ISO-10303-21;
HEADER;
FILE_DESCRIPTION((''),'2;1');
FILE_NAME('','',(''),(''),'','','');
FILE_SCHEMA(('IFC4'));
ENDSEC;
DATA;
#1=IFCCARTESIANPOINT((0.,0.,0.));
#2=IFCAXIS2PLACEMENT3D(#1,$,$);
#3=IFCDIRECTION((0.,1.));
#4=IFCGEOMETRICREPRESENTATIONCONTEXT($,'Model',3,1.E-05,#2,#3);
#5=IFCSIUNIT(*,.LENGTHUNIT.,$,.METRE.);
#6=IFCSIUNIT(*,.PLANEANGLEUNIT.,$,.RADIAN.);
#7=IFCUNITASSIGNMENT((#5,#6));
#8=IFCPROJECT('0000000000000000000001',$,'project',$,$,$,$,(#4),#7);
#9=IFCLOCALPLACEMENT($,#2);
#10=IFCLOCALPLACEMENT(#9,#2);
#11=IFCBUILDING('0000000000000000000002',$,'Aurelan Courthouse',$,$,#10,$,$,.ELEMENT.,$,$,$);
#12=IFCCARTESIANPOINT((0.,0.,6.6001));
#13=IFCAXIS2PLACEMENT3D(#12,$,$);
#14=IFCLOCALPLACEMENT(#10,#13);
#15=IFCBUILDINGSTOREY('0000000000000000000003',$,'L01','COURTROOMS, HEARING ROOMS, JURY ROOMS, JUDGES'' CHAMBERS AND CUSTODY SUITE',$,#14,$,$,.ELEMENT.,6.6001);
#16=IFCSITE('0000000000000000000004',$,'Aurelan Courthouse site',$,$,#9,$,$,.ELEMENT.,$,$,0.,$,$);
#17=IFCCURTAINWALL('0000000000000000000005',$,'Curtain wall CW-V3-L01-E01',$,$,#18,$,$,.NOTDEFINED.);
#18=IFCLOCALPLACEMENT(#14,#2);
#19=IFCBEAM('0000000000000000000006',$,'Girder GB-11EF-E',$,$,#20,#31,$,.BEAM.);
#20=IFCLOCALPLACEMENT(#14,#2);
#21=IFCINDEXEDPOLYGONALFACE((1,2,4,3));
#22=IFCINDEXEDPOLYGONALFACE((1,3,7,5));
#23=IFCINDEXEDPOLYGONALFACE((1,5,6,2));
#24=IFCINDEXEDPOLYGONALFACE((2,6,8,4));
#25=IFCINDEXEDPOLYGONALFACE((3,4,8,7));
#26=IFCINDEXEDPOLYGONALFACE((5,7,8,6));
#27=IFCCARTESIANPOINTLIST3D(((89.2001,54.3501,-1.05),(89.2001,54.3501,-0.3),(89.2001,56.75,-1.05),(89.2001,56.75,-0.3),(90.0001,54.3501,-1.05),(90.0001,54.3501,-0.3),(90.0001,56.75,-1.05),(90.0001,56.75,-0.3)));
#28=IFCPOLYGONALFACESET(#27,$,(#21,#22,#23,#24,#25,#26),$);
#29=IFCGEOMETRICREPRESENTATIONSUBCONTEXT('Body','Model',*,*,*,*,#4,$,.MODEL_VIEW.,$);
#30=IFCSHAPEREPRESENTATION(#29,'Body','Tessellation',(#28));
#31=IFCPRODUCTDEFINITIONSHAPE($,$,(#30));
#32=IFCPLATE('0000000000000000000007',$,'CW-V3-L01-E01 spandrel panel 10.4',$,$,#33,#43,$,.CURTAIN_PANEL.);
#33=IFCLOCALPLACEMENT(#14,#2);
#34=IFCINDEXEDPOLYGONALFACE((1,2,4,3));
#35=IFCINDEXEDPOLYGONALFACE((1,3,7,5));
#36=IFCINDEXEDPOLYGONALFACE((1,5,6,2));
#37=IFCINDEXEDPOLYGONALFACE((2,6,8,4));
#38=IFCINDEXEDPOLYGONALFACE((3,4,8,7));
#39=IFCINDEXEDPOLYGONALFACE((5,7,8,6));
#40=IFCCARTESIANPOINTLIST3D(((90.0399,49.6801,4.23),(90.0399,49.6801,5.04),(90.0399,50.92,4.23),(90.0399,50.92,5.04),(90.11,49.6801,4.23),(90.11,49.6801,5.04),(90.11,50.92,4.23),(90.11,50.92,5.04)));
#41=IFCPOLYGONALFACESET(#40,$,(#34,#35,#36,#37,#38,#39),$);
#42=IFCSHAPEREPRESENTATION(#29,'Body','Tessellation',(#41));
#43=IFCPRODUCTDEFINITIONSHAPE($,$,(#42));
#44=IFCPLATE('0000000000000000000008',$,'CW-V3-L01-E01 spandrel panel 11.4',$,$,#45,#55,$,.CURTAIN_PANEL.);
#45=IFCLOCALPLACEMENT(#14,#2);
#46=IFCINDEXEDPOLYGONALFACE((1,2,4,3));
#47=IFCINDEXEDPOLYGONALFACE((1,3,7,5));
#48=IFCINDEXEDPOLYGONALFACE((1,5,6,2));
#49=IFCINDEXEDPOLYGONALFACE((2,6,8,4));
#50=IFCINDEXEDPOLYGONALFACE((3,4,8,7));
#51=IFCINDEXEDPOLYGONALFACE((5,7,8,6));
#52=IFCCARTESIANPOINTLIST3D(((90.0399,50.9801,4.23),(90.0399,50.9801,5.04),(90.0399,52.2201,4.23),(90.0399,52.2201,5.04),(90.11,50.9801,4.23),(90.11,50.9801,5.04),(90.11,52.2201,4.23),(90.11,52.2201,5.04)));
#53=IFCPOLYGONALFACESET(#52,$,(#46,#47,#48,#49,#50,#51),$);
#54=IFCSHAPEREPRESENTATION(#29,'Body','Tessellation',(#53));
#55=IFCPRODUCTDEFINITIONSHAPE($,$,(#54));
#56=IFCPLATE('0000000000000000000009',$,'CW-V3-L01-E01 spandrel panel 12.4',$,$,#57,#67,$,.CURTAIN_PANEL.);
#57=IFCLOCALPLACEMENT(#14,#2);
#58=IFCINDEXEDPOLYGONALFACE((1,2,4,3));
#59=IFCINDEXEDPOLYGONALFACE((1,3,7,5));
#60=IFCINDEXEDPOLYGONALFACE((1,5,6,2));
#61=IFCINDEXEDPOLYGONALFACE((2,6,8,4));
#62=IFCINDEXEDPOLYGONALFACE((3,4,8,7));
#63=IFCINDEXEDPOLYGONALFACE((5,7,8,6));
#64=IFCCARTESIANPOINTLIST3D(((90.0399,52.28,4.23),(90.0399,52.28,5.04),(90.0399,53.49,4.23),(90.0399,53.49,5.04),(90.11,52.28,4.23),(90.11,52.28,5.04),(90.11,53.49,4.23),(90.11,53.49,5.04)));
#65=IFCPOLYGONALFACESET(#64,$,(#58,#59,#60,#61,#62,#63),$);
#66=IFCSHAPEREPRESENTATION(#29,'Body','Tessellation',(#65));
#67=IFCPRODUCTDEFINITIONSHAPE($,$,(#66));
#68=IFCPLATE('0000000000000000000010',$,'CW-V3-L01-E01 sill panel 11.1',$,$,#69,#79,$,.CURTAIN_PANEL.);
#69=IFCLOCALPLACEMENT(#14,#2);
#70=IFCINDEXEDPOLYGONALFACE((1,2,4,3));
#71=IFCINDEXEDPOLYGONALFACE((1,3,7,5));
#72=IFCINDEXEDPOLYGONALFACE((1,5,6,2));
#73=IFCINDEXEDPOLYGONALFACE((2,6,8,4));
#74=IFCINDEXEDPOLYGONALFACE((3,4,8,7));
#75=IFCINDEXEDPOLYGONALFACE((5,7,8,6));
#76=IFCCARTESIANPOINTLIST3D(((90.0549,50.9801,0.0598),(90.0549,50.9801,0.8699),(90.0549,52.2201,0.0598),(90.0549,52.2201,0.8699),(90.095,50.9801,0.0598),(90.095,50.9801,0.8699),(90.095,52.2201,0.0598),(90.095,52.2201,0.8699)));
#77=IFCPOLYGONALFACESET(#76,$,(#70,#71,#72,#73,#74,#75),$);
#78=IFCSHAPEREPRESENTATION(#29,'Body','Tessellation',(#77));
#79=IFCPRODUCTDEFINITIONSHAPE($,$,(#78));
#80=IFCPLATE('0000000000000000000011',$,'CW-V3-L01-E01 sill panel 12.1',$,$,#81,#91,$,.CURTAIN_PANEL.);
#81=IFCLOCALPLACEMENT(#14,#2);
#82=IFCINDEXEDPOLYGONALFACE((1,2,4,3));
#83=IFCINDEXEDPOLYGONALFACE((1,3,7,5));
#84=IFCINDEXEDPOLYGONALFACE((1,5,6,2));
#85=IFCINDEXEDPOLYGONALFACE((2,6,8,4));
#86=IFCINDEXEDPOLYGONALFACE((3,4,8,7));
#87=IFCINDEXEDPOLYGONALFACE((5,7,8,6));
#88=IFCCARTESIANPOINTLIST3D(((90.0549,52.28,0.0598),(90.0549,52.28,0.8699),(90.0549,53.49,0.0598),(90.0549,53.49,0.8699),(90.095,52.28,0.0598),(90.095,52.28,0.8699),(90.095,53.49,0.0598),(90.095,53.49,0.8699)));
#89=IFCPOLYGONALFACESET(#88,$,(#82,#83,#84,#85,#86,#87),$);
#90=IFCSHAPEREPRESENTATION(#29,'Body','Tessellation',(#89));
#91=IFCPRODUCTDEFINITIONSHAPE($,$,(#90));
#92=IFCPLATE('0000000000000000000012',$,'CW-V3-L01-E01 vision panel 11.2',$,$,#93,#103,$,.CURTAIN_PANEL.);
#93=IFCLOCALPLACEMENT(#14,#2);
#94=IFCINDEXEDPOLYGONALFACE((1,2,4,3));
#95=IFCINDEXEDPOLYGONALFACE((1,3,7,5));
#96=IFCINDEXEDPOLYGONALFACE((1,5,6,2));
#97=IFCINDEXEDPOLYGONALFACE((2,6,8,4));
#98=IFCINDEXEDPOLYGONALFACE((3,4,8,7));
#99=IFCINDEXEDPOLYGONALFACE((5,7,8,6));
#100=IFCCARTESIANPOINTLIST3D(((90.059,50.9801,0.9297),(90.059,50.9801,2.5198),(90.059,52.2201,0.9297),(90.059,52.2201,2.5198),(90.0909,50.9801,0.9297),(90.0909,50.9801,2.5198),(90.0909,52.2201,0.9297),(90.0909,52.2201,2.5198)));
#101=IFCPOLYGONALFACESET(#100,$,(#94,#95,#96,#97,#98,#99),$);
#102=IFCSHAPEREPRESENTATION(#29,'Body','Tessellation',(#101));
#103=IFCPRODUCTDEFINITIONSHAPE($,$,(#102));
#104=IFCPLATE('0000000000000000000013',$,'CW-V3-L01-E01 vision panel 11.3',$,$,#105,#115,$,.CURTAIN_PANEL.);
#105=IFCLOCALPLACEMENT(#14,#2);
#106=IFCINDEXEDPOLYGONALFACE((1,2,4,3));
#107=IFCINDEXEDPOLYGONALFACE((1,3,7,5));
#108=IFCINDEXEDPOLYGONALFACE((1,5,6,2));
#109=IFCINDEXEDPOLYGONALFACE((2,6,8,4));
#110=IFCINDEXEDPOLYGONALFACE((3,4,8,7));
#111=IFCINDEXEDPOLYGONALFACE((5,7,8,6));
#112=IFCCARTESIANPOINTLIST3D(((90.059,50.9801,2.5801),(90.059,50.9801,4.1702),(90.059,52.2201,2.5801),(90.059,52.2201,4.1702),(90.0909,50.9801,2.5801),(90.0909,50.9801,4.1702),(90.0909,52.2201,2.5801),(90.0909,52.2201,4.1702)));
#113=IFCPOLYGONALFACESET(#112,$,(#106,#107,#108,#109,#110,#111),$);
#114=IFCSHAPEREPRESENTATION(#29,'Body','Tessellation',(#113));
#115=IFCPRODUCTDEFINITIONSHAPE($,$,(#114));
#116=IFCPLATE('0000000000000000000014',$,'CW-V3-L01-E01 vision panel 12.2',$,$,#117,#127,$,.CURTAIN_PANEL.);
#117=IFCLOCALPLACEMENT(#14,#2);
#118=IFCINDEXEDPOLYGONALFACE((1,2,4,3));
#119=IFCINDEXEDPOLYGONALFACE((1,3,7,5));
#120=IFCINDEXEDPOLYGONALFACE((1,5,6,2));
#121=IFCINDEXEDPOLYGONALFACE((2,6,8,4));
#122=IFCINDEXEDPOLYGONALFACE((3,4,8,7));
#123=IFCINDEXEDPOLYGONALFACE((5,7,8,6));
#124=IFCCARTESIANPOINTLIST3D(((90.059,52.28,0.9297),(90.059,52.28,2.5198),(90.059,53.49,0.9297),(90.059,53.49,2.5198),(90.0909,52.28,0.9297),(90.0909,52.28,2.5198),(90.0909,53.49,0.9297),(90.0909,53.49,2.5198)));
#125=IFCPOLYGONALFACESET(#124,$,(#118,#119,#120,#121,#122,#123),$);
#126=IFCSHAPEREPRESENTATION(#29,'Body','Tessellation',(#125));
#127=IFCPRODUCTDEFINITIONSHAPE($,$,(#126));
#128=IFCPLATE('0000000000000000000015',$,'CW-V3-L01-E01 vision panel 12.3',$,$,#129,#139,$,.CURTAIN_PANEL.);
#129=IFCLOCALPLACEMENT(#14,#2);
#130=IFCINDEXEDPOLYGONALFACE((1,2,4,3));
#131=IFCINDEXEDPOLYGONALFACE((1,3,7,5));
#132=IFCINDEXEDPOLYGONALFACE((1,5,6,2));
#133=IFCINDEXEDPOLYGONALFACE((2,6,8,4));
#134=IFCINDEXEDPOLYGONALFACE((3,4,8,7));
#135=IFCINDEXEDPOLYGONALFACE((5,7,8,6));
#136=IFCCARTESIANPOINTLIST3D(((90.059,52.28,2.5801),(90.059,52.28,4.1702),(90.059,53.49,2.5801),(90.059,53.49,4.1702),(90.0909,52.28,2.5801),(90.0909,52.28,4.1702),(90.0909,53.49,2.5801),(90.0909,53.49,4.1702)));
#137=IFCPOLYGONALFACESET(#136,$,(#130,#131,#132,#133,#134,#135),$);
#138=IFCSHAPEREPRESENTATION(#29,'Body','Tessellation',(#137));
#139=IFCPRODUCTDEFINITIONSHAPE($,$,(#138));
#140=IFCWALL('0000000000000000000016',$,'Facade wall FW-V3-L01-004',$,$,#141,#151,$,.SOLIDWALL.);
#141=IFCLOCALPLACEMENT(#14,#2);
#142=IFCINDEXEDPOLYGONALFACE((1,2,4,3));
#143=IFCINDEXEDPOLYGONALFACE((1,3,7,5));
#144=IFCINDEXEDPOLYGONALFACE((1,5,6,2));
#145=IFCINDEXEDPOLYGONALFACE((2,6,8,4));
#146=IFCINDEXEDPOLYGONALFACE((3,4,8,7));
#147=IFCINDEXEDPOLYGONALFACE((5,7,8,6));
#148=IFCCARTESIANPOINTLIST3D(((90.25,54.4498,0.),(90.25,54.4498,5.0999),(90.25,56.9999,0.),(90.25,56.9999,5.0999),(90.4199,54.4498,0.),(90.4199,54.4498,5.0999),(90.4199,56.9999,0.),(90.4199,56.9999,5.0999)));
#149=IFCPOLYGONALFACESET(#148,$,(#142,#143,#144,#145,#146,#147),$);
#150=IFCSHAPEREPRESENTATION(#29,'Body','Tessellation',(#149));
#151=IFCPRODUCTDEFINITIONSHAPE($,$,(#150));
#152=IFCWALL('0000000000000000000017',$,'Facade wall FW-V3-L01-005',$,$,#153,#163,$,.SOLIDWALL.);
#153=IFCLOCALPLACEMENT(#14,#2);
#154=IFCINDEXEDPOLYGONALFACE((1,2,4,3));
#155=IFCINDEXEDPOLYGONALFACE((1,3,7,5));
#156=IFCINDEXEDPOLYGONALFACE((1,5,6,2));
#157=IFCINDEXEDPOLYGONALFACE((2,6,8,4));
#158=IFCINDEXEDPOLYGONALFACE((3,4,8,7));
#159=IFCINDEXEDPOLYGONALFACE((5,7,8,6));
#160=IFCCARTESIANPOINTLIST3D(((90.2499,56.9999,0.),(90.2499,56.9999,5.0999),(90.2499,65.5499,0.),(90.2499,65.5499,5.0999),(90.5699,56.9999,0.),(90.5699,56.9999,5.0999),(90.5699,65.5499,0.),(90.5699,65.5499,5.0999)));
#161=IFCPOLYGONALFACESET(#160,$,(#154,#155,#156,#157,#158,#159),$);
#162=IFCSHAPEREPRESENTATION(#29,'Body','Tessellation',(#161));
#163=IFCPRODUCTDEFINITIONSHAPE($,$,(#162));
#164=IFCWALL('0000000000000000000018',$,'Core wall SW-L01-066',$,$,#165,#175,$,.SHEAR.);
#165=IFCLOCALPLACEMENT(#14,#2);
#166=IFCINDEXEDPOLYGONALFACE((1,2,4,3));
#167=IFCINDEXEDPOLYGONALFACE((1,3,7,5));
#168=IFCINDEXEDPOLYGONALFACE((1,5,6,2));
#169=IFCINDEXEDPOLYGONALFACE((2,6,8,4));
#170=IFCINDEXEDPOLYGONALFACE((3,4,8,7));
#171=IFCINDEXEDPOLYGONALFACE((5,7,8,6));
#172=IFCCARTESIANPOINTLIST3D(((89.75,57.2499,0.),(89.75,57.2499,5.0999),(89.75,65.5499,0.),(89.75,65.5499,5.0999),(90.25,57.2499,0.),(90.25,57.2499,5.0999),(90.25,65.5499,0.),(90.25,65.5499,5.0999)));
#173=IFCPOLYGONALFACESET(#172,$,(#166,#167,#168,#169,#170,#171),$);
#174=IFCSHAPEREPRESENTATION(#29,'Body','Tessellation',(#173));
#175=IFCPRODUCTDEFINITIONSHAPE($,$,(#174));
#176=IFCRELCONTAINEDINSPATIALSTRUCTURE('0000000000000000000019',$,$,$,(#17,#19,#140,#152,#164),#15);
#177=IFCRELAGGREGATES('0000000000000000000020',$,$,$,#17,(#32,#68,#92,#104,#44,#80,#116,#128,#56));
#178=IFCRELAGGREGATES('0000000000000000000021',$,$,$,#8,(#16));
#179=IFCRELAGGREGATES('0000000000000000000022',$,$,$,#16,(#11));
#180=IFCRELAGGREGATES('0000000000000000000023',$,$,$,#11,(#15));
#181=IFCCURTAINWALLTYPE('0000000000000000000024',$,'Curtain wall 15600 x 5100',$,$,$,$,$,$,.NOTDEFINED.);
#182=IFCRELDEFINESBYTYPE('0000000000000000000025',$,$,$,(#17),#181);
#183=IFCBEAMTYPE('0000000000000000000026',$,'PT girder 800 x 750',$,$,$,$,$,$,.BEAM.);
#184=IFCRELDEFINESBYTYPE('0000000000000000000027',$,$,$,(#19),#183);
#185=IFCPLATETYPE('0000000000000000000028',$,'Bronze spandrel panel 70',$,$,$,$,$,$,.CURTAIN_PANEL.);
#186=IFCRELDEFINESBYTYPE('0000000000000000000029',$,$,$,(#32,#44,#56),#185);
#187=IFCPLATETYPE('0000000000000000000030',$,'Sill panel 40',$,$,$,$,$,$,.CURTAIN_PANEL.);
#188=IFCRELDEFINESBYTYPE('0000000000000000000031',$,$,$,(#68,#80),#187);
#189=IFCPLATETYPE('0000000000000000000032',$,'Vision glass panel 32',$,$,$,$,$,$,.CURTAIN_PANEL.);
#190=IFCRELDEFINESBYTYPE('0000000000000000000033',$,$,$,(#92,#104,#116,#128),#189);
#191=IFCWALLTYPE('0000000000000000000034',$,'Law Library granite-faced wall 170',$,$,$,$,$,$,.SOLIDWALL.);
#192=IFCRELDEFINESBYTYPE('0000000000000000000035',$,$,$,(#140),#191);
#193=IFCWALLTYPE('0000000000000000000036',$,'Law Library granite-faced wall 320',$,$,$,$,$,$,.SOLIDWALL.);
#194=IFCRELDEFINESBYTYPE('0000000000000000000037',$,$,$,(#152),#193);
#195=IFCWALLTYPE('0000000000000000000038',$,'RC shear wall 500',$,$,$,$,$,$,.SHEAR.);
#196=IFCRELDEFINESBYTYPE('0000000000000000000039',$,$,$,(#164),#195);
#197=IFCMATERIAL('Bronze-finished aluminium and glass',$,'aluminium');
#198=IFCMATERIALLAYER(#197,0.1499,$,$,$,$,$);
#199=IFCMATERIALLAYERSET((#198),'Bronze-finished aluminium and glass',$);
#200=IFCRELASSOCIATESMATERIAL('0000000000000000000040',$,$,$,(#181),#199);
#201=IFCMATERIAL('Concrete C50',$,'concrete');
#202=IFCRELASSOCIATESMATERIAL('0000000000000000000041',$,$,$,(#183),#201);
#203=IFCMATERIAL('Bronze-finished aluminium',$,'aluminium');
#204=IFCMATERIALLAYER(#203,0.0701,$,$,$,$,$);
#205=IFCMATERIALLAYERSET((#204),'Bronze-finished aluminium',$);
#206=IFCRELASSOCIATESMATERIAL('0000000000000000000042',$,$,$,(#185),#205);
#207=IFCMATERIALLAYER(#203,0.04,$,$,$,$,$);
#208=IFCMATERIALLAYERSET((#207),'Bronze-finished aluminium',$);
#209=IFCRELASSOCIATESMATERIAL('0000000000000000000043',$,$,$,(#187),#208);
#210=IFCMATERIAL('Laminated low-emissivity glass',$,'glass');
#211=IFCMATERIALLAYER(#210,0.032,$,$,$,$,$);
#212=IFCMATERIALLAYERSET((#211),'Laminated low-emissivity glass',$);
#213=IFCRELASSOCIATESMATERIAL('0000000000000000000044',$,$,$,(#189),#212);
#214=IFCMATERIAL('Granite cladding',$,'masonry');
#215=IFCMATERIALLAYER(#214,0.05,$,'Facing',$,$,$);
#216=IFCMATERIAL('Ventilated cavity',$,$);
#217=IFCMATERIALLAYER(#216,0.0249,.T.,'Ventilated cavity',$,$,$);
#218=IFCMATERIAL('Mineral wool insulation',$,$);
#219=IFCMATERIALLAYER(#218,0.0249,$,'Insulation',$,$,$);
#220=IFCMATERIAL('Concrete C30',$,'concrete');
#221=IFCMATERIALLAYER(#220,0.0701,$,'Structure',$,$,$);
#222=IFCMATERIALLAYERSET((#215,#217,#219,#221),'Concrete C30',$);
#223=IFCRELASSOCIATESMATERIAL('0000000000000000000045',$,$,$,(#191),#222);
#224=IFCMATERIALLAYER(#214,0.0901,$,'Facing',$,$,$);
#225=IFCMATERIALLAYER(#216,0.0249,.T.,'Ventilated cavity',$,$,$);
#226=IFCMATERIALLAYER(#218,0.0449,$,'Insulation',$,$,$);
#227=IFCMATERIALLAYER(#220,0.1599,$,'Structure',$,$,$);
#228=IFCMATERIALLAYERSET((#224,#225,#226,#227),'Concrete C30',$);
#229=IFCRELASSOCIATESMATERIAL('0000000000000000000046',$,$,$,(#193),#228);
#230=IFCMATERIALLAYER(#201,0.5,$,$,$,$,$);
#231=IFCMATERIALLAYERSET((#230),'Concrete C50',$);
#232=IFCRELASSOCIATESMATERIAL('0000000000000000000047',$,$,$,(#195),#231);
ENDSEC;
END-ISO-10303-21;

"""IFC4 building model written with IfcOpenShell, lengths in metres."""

from ifc_helpers import new_model, si_unit, direction, frame, frame_2d, origin, origin_2d, place, context, subcontext, project, spatial, rectangle, extrude, material, layer, layer_set, material_profile, profile_set, type_object, element, aggregate, save


model = new_model("IFC4")

# Units and contexts
model_context = context("Model", 3, precision=1e-05, world=origin(), true_north=direction((0.0, 1.0)))
body_context = subcontext(model_context, "Body", "Model", "MODEL_VIEW")
ifc_project = project(units=[si_unit("LENGTHUNIT", "METRE"), si_unit("PLANEANGLEUNIT", "RADIAN")], contexts=[model_context])

# Site, building, storey
site_placement = place(None, origin())
site = spatial("IfcSite", under=ifc_project, at=site_placement, Name="Aurelan Courthouse site", CompositionType="ELEMENT", RefElevation=0.0)
building_placement = place(site_placement, origin())
building = spatial("IfcBuilding", under=site, at=building_placement, Name="Aurelan Courthouse", CompositionType="ELEMENT")
storey_placement = place(building_placement, frame((0.0, 0.0, 6.6001)))
storey = spatial("IfcBuildingStorey", under=building, at=storey_placement, Name="L01", Description="COURTROOMS, HEARING ROOMS, JURY ROOMS, JUDGES' CHAMBERS AND CUSTODY SUITE", CompositionType="ELEMENT", Elevation=6.6001)

# Shared definitions
ifc_material_1 = material(Name="Concrete C50", Category="concrete")

# Curtain wall
ifc_material_2 = material(Name="Bronze-finished aluminium and glass", Category="aluminium")
ifc_layer_1 = layer(ifc_material_2, 0.1499)
ifc_layer_set_1 = layer_set([ifc_layer_1], Name="Bronze-finished aluminium and glass")
curtain_wall_type = type_object("IfcCurtainWallType", Name="Curtain wall 15600 x 5100", PredefinedType="NOTDEFINED", material=ifc_layer_set_1)
curtain_wall_placement = place(storey_placement, origin())
curtain_wall = element("IfcCurtainWall", 1, at=curtain_wall_placement, inside=storey, type_object=curtain_wall_type, Name="Curtain wall CW-V3-L01-E01", PredefinedType="NOTDEFINED")
ifc_material_3 = material(Name="Bronze-finished aluminium", Category="aluminium")

# Beam
ifc_material_profile_1 = material_profile(ifc_material_1, rectangle(XDim=0.8, YDim=0.75, at=origin_2d()), Name="RC 800 x 750")
ifc_profile_set_1 = profile_set([ifc_material_profile_1], Name="Concrete C50")
beam_type = type_object("IfcBeamType", Name="PT girder 800 x 750", PredefinedType="BEAM", material=ifc_profile_set_1)
beam_placement = place(storey_placement, frame((89.6001, 54.3501, -0.675), z_axis=(0.0, 1.0, 0.0), x_axis=(-1.0, 0.0, 0.0)))
element("IfcBeam", 2, at=beam_placement, inside=storey, type_object=beam_type, Name="Girder GB-11EF-E", PredefinedType="BEAM", context=body_context, shape_type="SweptSolid", body=[
    extrude(rectangle(XDim=0.8, YDim=0.75, at=origin_2d()), origin(), (0.0, 0.0, 1.0), 2.3999),
])

# Plates
ifc_layer_2 = layer(ifc_material_3, 0.0701)
ifc_layer_set_2 = layer_set([ifc_layer_2], Name="Bronze-finished aluminium")
plate_type_1 = type_object("IfcPlateType", Name="Bronze spandrel panel 70", PredefinedType="CURTAIN_PANEL", material=ifc_layer_set_2)
plate_1_placement = place(storey_placement, frame((90.075, 50.3, 4.23), z_axis=(0.0, 0.0, 1.0), x_axis=(0.0, 1.0, 0.0)))
plate_1 = element("IfcPlate", 3, at=plate_1_placement, type_object=plate_type_1, Name="CW-V3-L01-E01 spandrel panel 10.4", PredefinedType="CURTAIN_PANEL", context=body_context, shape_type="SweptSolid", body=[
    extrude(rectangle(XDim=1.24, YDim=0.0701, at=origin_2d()), origin(), (0.0, 0.0, 1.0), 0.8101),
])
plate_2_placement = place(storey_placement, frame((90.075, 51.6001, 4.23), z_axis=(0.0, 0.0, 1.0), x_axis=(0.0, 1.0, 0.0)))
plate_2 = element("IfcPlate", 4, at=plate_2_placement, type_object=plate_type_1, Name="CW-V3-L01-E01 spandrel panel 11.4", PredefinedType="CURTAIN_PANEL", context=body_context, shape_type="SweptSolid", body=[
    extrude(rectangle(XDim=1.24, YDim=0.0701, at=origin_2d()), origin(), (0.0, 0.0, 1.0), 0.8101),
])
plate_3_placement = place(storey_placement, frame((90.075, 52.885, 4.23), z_axis=(0.0, 0.0, 1.0), x_axis=(0.0, 1.0, 0.0)))
plate_3 = element("IfcPlate", 5, at=plate_3_placement, type_object=plate_type_1, Name="CW-V3-L01-E01 spandrel panel 12.4", PredefinedType="CURTAIN_PANEL", context=body_context, shape_type="SweptSolid", body=[
    extrude(rectangle(XDim=1.21, YDim=0.0701, at=origin_2d()), origin(), (0.0, 0.0, 1.0), 0.8101),
])
ifc_layer_3 = layer(ifc_material_3, 0.04)
ifc_layer_set_3 = layer_set([ifc_layer_3], Name="Bronze-finished aluminium")
plate_type_2 = type_object("IfcPlateType", Name="Sill panel 40", PredefinedType="CURTAIN_PANEL", material=ifc_layer_set_3)
plate_4_placement = place(storey_placement, frame((90.075, 51.6001, 0.0598), z_axis=(0.0, 0.0, 1.0), x_axis=(0.0, 1.0, 0.0)))
plate_4 = element("IfcPlate", 6, at=plate_4_placement, type_object=plate_type_2, Name="CW-V3-L01-E01 sill panel 11.1", PredefinedType="CURTAIN_PANEL", context=body_context, shape_type="SweptSolid", body=[
    extrude(rectangle(XDim=1.24, YDim=0.04, at=origin_2d()), origin(), (0.0, 0.0, 1.0), 0.8101),
])
plate_5_placement = place(storey_placement, frame((90.075, 52.885, 0.0598), z_axis=(0.0, 0.0, 1.0), x_axis=(0.0, 1.0, 0.0)))
plate_5 = element("IfcPlate", 7, at=plate_5_placement, type_object=plate_type_2, Name="CW-V3-L01-E01 sill panel 12.1", PredefinedType="CURTAIN_PANEL", context=body_context, shape_type="SweptSolid", body=[
    extrude(rectangle(XDim=1.21, YDim=0.04, at=origin_2d()), origin(), (0.0, 0.0, 1.0), 0.8101),
])
ifc_material_4 = material(Name="Laminated low-emissivity glass", Category="glass")
ifc_layer_4 = layer(ifc_material_4, 0.032)
ifc_layer_set_4 = layer_set([ifc_layer_4], Name="Laminated low-emissivity glass")
plate_type_3 = type_object("IfcPlateType", Name="Vision glass panel 32", PredefinedType="CURTAIN_PANEL", material=ifc_layer_set_4)
plate_6_placement = place(storey_placement, frame((90.075, 51.6001, 0.9297), z_axis=(0.0, 0.0, 1.0), x_axis=(0.0, 1.0, 0.0)))
plate_6 = element("IfcPlate", 8, at=plate_6_placement, type_object=plate_type_3, Name="CW-V3-L01-E01 vision panel 11.2", PredefinedType="CURTAIN_PANEL", context=body_context, shape_type="SweptSolid", body=[
    extrude(rectangle(XDim=1.24, YDim=0.032, at=origin_2d()), origin(), (0.0, 0.0, 1.0), 1.5901),
])
plate_7_placement = place(storey_placement, frame((90.075, 51.6001, 2.5801), z_axis=(0.0, 0.0, 1.0), x_axis=(0.0, 1.0, 0.0)))
plate_7 = element("IfcPlate", 9, at=plate_7_placement, type_object=plate_type_3, Name="CW-V3-L01-E01 vision panel 11.3", PredefinedType="CURTAIN_PANEL", context=body_context, shape_type="SweptSolid", body=[
    extrude(rectangle(XDim=1.24, YDim=0.032, at=origin_2d()), origin(), (0.0, 0.0, 1.0), 1.5901),
])
plate_8_placement = place(storey_placement, frame((90.075, 52.885, 0.9297), z_axis=(0.0, 0.0, 1.0), x_axis=(0.0, 1.0, 0.0)))
plate_8 = element("IfcPlate", 10, at=plate_8_placement, type_object=plate_type_3, Name="CW-V3-L01-E01 vision panel 12.2", PredefinedType="CURTAIN_PANEL", context=body_context, shape_type="SweptSolid", body=[
    extrude(rectangle(XDim=1.21, YDim=0.032, at=origin_2d()), origin(), (0.0, 0.0, 1.0), 1.5901),
])
plate_9_placement = place(storey_placement, frame((90.075, 52.885, 2.5801), z_axis=(0.0, 0.0, 1.0), x_axis=(0.0, 1.0, 0.0)))
plate_9 = element("IfcPlate", 11, at=plate_9_placement, type_object=plate_type_3, Name="CW-V3-L01-E01 vision panel 12.3", PredefinedType="CURTAIN_PANEL", context=body_context, shape_type="SweptSolid", body=[
    extrude(rectangle(XDim=1.21, YDim=0.032, at=origin_2d()), origin(), (0.0, 0.0, 1.0), 1.5901),
])
aggregate(curtain_wall, [plate_1, plate_4, plate_6, plate_7, plate_2, plate_5, plate_8, plate_9, plate_3])

# Walls
ifc_material_5 = material(Name="Granite cladding", Category="masonry")
ifc_layer_5 = layer(ifc_material_5, 0.05, Name="Facing")
ifc_material_6 = material(Name="Ventilated cavity")
ifc_layer_6 = layer(ifc_material_6, 0.0249, ventilated=True, Name="Ventilated cavity")
ifc_material_7 = material(Name="Mineral wool insulation")
ifc_layer_7 = layer(ifc_material_7, 0.0249, Name="Insulation")
ifc_material_8 = material(Name="Concrete C30", Category="concrete")
ifc_layer_8 = layer(ifc_material_8, 0.0701, Name="Structure")
ifc_layer_set_5 = layer_set([ifc_layer_5, ifc_layer_6, ifc_layer_7, ifc_layer_8], Name="Concrete C30")
wall_type_1 = type_object("IfcWallType", Name="Law Library granite-faced wall 170", PredefinedType="SOLIDWALL", material=ifc_layer_set_5)
wall_1_placement = place(storey_placement, frame((90.335, 54.45, 0.0), z_axis=(0.0, 0.0, 1.0), x_axis=(0.0, 1.0, 0.0)))
element("IfcWall", 12, at=wall_1_placement, inside=storey, type_object=wall_type_1, Name="Facade wall FW-V3-L01-004", PredefinedType="SOLIDWALL", context=body_context, shape_type="SweptSolid", body=[
    extrude(rectangle(XDim=2.55, YDim=0.1699, at=frame_2d((1.2749, 0.0))), origin(), (0.0, 0.0, 1.0), 5.0999),
])
ifc_layer_9 = layer(ifc_material_5, 0.0901, Name="Facing")
ifc_layer_10 = layer(ifc_material_6, 0.0249, ventilated=True, Name="Ventilated cavity")
ifc_layer_11 = layer(ifc_material_7, 0.0449, Name="Insulation")
ifc_layer_12 = layer(ifc_material_8, 0.1599, Name="Structure")
ifc_layer_set_6 = layer_set([ifc_layer_9, ifc_layer_10, ifc_layer_11, ifc_layer_12], Name="Concrete C30")
wall_type_2 = type_object("IfcWallType", Name="Law Library granite-faced wall 320", PredefinedType="SOLIDWALL", material=ifc_layer_set_6)
wall_2_placement = place(storey_placement, frame((90.4099, 57.0, 0.0), z_axis=(0.0, 0.0, 1.0), x_axis=(0.0, 1.0, 0.0)))
element("IfcWall", 13, at=wall_2_placement, inside=storey, type_object=wall_type_2, Name="Facade wall FW-V3-L01-005", PredefinedType="SOLIDWALL", context=body_context, shape_type="SweptSolid", body=[
    extrude(rectangle(XDim=8.55, YDim=0.3201, at=frame_2d((4.2749, 0.0))), origin(), (0.0, 0.0, 1.0), 5.0999),
])
ifc_layer_13 = layer(ifc_material_1, 0.5)
ifc_layer_set_7 = layer_set([ifc_layer_13], Name="Concrete C50")
wall_type_3 = type_object("IfcWallType", Name="RC shear wall 500", PredefinedType="SHEAR", material=ifc_layer_set_7)
wall_3_placement = place(storey_placement, frame((90.0, 57.25, 0.0), z_axis=(0.0, 0.0, 1.0), x_axis=(0.0, 1.0, 0.0)))
element("IfcWall", 14, at=wall_3_placement, inside=storey, type_object=wall_type_3, Name="Core wall SW-L01-066", PredefinedType="SHEAR", context=body_context, shape_type="SweptSolid", body=[
    extrude(rectangle(XDim=8.3, YDim=0.5, at=frame_2d((4.1499, 0.0))), origin(), (0.0, 0.0, 1.0), 5.0999),
])

save(model, "model.ifc")
